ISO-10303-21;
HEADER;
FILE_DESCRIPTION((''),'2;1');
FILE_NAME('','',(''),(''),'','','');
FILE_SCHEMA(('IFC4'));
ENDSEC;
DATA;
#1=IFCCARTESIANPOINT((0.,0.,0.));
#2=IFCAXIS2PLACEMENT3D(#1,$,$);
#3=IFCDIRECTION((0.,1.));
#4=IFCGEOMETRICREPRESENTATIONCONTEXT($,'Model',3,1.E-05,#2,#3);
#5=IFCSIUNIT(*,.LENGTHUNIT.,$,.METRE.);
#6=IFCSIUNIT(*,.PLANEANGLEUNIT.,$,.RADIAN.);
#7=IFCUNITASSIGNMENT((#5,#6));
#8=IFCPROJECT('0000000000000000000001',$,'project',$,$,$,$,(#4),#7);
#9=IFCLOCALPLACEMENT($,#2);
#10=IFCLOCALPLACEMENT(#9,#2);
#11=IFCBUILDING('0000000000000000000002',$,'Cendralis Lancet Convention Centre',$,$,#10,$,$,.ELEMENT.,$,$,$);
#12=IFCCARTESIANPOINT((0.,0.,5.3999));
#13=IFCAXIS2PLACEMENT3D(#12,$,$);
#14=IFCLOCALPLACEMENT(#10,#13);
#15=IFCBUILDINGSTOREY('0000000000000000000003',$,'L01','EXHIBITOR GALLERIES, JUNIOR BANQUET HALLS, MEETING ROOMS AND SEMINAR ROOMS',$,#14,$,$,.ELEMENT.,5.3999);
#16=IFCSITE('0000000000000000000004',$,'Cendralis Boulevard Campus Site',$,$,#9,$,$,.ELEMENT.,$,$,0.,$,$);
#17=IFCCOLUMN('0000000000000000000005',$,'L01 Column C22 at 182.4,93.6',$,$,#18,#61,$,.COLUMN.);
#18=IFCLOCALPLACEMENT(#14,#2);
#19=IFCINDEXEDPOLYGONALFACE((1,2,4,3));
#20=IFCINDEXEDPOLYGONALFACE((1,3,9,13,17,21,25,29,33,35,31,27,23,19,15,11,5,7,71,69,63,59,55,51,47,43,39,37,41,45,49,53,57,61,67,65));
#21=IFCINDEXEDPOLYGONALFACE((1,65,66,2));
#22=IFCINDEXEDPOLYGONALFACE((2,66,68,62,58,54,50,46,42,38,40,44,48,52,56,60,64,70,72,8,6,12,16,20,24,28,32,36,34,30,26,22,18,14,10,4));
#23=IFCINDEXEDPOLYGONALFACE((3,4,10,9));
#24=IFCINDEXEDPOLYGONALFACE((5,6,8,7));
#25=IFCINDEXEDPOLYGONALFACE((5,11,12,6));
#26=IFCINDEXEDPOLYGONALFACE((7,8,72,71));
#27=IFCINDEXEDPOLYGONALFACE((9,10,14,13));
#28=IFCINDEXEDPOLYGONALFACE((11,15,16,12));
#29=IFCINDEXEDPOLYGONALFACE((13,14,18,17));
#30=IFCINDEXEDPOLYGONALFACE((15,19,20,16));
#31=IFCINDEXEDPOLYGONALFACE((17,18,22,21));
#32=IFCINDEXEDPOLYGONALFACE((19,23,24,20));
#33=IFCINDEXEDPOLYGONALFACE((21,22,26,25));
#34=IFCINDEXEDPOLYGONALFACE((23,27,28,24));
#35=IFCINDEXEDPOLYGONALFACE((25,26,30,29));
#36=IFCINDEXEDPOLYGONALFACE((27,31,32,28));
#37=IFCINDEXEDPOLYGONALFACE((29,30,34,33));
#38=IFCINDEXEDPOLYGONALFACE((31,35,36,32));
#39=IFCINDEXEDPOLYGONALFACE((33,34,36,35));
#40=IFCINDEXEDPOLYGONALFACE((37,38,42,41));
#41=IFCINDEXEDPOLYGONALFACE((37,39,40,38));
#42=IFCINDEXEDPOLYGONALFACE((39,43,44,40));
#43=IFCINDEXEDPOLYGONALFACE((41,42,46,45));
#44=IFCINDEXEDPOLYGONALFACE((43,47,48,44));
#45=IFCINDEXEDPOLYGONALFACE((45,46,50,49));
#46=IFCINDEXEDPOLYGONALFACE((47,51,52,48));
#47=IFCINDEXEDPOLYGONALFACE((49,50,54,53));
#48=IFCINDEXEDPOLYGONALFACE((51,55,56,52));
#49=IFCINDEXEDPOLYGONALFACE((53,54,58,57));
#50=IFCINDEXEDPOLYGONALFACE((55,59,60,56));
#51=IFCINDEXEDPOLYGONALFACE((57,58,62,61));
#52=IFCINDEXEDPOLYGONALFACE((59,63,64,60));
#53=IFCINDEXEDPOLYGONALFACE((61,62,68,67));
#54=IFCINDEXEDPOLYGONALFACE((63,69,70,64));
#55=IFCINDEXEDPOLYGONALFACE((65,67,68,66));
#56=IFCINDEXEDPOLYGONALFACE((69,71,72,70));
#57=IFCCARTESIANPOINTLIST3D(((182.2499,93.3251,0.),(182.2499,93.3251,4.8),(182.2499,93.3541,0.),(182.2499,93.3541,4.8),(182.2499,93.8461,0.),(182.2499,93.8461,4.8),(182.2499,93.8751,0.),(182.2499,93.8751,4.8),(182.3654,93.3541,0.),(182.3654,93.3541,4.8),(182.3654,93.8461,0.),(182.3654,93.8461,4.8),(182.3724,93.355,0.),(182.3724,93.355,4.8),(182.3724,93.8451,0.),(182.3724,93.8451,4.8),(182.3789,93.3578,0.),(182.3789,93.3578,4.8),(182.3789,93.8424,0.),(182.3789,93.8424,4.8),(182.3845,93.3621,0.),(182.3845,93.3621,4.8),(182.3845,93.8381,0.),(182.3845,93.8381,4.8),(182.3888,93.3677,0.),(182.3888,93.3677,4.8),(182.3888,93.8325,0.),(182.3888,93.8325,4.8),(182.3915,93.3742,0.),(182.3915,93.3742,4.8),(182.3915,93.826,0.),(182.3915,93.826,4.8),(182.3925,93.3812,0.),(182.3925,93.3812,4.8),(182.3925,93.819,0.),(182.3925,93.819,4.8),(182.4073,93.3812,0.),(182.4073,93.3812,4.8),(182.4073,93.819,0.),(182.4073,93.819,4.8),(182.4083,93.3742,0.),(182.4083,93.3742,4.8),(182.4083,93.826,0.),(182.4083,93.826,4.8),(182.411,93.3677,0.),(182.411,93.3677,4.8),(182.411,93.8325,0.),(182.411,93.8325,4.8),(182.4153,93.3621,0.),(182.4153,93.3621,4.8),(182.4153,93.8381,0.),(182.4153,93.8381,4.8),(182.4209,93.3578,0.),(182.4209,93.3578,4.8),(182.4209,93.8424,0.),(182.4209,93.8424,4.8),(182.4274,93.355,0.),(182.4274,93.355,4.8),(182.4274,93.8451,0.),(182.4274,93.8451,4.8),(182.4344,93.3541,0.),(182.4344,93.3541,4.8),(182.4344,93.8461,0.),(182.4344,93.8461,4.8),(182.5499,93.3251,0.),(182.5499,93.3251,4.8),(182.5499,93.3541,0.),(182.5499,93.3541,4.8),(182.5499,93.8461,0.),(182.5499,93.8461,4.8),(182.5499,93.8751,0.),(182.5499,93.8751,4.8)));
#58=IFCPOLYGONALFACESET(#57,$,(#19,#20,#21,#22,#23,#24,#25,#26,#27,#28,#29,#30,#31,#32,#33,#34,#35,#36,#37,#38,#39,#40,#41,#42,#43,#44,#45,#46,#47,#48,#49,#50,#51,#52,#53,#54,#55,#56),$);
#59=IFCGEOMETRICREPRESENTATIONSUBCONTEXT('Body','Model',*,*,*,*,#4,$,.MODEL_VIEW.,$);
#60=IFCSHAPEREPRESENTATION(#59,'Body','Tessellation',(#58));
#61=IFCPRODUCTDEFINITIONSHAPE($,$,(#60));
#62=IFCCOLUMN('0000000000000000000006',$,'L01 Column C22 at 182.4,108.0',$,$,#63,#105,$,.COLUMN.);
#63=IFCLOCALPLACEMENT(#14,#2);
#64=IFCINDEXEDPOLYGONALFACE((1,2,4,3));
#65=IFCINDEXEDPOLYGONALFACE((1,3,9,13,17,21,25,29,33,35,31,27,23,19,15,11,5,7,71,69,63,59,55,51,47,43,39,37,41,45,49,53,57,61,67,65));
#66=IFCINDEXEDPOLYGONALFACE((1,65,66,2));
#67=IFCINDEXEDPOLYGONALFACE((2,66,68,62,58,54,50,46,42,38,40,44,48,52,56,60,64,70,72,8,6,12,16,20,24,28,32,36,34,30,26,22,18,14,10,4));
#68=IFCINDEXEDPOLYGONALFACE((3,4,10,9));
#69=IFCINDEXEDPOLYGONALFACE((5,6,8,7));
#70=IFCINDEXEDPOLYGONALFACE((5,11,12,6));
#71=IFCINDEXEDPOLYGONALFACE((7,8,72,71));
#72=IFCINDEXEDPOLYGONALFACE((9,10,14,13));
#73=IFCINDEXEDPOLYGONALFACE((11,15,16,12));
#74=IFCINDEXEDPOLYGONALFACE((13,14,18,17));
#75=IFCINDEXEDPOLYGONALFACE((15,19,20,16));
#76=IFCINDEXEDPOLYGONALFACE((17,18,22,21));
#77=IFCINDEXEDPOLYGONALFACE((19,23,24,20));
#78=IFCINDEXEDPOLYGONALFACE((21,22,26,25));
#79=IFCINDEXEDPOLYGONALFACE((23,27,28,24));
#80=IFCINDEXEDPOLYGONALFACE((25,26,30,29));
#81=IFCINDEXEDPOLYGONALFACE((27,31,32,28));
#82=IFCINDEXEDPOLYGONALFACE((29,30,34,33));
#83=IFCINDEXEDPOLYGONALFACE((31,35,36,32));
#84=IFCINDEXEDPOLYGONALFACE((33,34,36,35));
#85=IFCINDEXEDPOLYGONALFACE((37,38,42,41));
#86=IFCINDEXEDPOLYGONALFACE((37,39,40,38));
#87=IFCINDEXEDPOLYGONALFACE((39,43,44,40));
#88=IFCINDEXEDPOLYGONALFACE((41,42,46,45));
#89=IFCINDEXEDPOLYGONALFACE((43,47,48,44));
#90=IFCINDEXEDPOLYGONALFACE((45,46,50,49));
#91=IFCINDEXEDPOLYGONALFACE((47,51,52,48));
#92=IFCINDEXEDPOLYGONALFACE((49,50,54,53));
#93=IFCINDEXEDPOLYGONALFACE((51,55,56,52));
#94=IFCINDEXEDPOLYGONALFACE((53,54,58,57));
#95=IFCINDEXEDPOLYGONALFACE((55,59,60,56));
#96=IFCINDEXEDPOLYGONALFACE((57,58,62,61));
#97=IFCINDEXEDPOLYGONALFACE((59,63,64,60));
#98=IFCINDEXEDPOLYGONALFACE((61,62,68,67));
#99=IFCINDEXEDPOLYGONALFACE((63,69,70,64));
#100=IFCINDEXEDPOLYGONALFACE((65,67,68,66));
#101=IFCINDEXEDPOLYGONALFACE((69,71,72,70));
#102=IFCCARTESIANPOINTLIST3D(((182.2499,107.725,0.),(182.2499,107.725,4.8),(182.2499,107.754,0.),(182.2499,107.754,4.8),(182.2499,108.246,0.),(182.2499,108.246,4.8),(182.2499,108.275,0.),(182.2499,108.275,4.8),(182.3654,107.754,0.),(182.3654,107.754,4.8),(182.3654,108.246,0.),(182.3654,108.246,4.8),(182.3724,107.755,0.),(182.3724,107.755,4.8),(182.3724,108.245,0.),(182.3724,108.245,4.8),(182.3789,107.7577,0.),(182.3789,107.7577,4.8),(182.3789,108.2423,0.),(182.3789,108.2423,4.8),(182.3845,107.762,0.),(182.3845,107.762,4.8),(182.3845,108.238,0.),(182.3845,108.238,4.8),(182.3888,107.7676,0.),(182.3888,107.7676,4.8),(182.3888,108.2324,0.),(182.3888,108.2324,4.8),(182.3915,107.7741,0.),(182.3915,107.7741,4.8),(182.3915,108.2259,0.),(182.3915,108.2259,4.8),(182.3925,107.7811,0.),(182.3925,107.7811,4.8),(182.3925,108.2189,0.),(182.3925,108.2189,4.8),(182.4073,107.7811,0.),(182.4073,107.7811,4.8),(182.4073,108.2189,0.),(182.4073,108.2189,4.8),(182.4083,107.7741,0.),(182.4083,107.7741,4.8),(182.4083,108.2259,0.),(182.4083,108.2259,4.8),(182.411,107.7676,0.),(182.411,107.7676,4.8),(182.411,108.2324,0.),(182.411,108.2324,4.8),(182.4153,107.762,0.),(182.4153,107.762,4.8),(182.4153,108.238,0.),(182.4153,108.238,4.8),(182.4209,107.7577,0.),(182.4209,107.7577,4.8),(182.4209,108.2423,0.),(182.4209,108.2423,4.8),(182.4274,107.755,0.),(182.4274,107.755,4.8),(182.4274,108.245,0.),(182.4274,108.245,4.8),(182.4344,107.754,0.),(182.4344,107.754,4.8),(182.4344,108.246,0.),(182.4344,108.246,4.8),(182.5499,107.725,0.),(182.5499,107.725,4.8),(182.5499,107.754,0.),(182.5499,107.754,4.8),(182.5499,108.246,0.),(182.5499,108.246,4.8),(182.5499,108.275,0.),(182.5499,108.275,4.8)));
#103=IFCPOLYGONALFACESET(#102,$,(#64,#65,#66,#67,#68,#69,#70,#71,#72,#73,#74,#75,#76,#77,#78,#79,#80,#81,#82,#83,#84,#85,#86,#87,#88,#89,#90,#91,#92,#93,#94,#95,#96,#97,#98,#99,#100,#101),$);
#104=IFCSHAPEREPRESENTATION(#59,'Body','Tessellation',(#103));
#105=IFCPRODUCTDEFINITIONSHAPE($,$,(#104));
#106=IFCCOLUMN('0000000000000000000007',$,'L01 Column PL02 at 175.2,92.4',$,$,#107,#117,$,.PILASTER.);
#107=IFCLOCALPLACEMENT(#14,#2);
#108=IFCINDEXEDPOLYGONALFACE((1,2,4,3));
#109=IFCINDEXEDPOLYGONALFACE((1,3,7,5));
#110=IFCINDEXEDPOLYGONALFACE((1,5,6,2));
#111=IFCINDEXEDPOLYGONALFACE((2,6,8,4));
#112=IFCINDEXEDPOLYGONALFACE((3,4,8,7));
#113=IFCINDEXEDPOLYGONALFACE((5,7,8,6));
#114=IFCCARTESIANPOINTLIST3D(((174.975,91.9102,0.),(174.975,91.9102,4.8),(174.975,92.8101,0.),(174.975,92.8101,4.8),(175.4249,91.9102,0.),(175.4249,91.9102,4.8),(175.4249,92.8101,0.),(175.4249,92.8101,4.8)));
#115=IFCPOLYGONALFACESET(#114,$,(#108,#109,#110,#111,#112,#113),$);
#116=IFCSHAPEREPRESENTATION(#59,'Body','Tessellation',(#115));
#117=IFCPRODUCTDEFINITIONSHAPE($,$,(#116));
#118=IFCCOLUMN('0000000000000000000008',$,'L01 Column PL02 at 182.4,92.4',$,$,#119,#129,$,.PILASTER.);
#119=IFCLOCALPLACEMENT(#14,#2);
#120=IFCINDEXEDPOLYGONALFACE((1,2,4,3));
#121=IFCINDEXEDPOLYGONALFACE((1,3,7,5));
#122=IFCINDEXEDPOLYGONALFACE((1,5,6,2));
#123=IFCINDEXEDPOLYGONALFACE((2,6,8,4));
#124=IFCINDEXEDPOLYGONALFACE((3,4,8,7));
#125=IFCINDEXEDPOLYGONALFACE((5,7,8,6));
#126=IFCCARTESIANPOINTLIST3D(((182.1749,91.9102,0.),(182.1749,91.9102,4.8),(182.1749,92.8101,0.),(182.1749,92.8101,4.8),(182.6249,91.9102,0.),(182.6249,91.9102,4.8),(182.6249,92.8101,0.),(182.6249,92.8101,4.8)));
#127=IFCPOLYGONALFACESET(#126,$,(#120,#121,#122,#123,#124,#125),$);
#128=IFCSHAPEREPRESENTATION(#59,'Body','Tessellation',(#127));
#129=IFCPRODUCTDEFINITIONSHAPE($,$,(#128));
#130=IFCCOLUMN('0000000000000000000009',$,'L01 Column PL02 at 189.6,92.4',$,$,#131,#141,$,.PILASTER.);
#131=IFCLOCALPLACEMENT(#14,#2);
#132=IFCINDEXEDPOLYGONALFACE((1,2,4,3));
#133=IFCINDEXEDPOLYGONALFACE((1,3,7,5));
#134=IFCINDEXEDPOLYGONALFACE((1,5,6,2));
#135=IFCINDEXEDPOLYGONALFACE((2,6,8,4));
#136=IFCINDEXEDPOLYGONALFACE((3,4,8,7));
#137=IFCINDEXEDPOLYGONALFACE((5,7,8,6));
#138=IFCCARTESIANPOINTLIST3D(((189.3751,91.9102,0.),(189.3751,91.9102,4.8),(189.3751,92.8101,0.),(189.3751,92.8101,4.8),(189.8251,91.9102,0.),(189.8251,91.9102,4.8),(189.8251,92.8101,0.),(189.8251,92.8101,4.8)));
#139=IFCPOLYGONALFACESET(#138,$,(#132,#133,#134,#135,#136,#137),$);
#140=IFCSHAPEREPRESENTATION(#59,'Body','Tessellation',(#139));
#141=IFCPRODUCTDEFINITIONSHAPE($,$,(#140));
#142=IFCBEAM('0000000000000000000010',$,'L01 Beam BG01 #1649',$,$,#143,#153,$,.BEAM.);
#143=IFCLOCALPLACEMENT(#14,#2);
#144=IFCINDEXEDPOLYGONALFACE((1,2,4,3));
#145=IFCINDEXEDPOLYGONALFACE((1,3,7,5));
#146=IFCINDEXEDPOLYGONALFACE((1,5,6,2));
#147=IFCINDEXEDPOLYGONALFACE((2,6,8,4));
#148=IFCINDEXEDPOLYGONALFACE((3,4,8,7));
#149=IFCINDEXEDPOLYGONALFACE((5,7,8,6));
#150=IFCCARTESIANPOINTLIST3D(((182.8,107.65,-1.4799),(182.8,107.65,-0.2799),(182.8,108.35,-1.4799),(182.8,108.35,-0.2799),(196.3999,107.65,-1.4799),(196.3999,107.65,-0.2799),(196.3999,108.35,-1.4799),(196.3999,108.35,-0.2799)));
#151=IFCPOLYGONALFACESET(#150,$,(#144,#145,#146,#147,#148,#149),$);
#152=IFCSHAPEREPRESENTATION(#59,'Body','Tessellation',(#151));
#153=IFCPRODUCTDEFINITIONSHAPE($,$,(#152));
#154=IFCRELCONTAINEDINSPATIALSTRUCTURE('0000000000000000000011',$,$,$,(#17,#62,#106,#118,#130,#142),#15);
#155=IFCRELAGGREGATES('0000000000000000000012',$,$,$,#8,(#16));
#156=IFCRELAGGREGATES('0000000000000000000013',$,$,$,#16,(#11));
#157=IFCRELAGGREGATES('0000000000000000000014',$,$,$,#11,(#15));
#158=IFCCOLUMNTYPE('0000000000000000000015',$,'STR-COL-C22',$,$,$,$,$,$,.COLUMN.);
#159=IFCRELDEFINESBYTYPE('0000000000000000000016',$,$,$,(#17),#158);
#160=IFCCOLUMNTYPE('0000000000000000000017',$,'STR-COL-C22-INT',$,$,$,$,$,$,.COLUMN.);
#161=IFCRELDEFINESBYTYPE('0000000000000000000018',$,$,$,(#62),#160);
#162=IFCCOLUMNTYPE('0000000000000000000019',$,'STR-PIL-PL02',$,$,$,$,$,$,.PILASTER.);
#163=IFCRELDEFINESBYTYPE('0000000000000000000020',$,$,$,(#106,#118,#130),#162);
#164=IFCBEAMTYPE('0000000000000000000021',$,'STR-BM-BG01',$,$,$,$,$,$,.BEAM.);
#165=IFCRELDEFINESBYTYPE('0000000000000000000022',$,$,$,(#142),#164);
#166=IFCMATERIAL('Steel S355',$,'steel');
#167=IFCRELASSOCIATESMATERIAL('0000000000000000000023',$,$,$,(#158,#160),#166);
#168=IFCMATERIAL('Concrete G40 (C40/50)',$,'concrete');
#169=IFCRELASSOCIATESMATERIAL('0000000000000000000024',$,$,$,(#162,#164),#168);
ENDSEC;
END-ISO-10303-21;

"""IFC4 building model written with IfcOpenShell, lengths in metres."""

from ifc_helpers import new_model, si_unit, direction, frame, origin, origin_2d, place, context, subcontext, project, spatial, rectangle, i_section, extrude, material, material_profile, profile_set, type_object, element, save


model = new_model("IFC4")

# Units and contexts
model_context = context("Model", 3, precision=1e-05, world=origin(), true_north=direction((0.0, 1.0)))
body_context = subcontext(model_context, "Body", "Model", "MODEL_VIEW")
ifc_project = project(units=[si_unit("LENGTHUNIT", "METRE"), si_unit("PLANEANGLEUNIT", "RADIAN")], contexts=[model_context])

# Site, building, storey
site_placement = place(None, origin())
site = spatial("IfcSite", under=ifc_project, at=site_placement, Name="Cendralis Boulevard Campus Site", CompositionType="ELEMENT", RefElevation=0.0)
building_placement = place(site_placement, origin())
building = spatial("IfcBuilding", under=site, at=building_placement, Name="Cendralis Lancet Convention Centre", CompositionType="ELEMENT")
storey_placement = place(building_placement, frame((0.0, 0.0, 5.3999)))
storey = spatial("IfcBuildingStorey", under=building, at=storey_placement, Name="L01", Description="EXHIBITOR GALLERIES, JUNIOR BANQUET HALLS, MEETING ROOMS AND SEMINAR ROOMS", CompositionType="ELEMENT", Elevation=5.3999)

# Columns
ifc_material_1 = material(Name="Steel S355", Category="steel")
ifc_material_profile_1 = material_profile(ifc_material_1, i_section(OverallWidth=0.3, OverallDepth=0.55, WebThickness=0.0149, FlangeThickness=0.0291, FilletRadius=0.0271, at=origin_2d()), Name="HEB 550")
ifc_profile_set_1 = profile_set([ifc_material_profile_1], Name="Steel S355")
column_type_1 = type_object("IfcColumnType", Name="STR-COL-C22", PredefinedType="COLUMN", material=ifc_profile_set_1)
column_1_placement = place(storey_placement, frame((182.3999, 93.6001, 0.0), z_axis=(0.0, 0.0, 1.0), x_axis=(1.0, 0.0, 0.0)))
element("IfcColumn", 1, at=column_1_placement, inside=storey, type_object=column_type_1, Name="L01 Column C22 at 182.4,93.6", PredefinedType="COLUMN", context=body_context, shape_type="SweptSolid", body=[
    extrude(i_section(OverallWidth=0.3, OverallDepth=0.55, WebThickness=0.0149, FlangeThickness=0.0291, FilletRadius=0.0271, at=origin_2d()), origin(), (0.0, 0.0, 1.0), 4.8),
])
ifc_material_profile_2 = material_profile(ifc_material_1, i_section(OverallWidth=0.3, OverallDepth=0.55, WebThickness=0.0149, FlangeThickness=0.0291, FilletRadius=0.0271, at=origin_2d()), Name="HEB 550")
ifc_profile_set_2 = profile_set([ifc_material_profile_2], Name="Steel S355")
column_type_2 = type_object("IfcColumnType", Name="STR-COL-C22-INT", PredefinedType="COLUMN", material=ifc_profile_set_2)
column_2_placement = place(storey_placement, frame((182.3999, 108.0, 0.0), z_axis=(0.0, 0.0, 1.0), x_axis=(1.0, 0.0, 0.0)))
element("IfcColumn", 2, at=column_2_placement, inside=storey, type_object=column_type_2, Name="L01 Column C22 at 182.4,108.0", PredefinedType="COLUMN", context=body_context, shape_type="SweptSolid", body=[
    extrude(i_section(OverallWidth=0.3, OverallDepth=0.55, WebThickness=0.0149, FlangeThickness=0.0291, FilletRadius=0.0271, at=origin_2d()), origin(), (0.0, 0.0, 1.0), 4.8),
])
ifc_material_2 = material(Name="Concrete G40 (C40/50)", Category="concrete")
ifc_material_profile_3 = material_profile(ifc_material_2, rectangle(XDim=0.45, YDim=0.8999, at=origin_2d()), Name="RC 450x900")
ifc_profile_set_3 = profile_set([ifc_material_profile_3], Name="Concrete G40 (C40/50)")
column_type_3 = type_object("IfcColumnType", Name="STR-PIL-PL02", PredefinedType="PILASTER", material=ifc_profile_set_3)
for number, where, z_axis, x_axis, name in (
    (3, (175.2, 92.3601, 0.0), (0.0, 0.0, 1.0), (1.0, 0.0, 0.0), "L01 Column PL02 at 175.2,92.4"),
    (4, (182.3999, 92.3601, 0.0), (0.0, 0.0, 1.0), (1.0, 0.0, 0.0), "L01 Column PL02 at 182.4,92.4"),
    (5, (189.6001, 92.3601, 0.0), (0.0, 0.0, 1.0), (1.0, 0.0, 0.0), "L01 Column PL02 at 189.6,92.4"),
):
    element("IfcColumn", number, at=place(storey_placement, frame(where, z_axis=z_axis, x_axis=x_axis)), inside=storey, type_object=column_type_3, Name=name, PredefinedType="PILASTER", context=body_context, shape_type="SweptSolid", body=[
        extrude(rectangle(XDim=0.45, YDim=0.8999, at=origin_2d()), origin(), (0.0, 0.0, 1.0), 4.8),
    ])

# Beam
ifc_material_profile_4 = material_profile(ifc_material_2, rectangle(XDim=0.7, YDim=1.2, at=origin_2d()), Name="RCB 700x1200")
ifc_profile_set_4 = profile_set([ifc_material_profile_4], Name="Concrete G40 (C40/50)")
beam_type_1 = type_object("IfcBeamType", Name="STR-BM-BG01", PredefinedType="BEAM", material=ifc_profile_set_4)
beam_1_placement = place(storey_placement, frame((182.8, 108.0, -0.8799), z_axis=(1.0, 0.0, 0.0), x_axis=(0.0, 1.0, 0.0)))
element("IfcBeam", 6, at=beam_1_placement, inside=storey, type_object=beam_type_1, Name="L01 Beam BG01 #1649", PredefinedType="BEAM", context=body_context, shape_type="SweptSolid", body=[
    extrude(rectangle(XDim=0.7, YDim=1.2, at=origin_2d()), origin(), (0.0, 0.0, 1.0), 13.5999),
])

save(model, "model.ifc")
